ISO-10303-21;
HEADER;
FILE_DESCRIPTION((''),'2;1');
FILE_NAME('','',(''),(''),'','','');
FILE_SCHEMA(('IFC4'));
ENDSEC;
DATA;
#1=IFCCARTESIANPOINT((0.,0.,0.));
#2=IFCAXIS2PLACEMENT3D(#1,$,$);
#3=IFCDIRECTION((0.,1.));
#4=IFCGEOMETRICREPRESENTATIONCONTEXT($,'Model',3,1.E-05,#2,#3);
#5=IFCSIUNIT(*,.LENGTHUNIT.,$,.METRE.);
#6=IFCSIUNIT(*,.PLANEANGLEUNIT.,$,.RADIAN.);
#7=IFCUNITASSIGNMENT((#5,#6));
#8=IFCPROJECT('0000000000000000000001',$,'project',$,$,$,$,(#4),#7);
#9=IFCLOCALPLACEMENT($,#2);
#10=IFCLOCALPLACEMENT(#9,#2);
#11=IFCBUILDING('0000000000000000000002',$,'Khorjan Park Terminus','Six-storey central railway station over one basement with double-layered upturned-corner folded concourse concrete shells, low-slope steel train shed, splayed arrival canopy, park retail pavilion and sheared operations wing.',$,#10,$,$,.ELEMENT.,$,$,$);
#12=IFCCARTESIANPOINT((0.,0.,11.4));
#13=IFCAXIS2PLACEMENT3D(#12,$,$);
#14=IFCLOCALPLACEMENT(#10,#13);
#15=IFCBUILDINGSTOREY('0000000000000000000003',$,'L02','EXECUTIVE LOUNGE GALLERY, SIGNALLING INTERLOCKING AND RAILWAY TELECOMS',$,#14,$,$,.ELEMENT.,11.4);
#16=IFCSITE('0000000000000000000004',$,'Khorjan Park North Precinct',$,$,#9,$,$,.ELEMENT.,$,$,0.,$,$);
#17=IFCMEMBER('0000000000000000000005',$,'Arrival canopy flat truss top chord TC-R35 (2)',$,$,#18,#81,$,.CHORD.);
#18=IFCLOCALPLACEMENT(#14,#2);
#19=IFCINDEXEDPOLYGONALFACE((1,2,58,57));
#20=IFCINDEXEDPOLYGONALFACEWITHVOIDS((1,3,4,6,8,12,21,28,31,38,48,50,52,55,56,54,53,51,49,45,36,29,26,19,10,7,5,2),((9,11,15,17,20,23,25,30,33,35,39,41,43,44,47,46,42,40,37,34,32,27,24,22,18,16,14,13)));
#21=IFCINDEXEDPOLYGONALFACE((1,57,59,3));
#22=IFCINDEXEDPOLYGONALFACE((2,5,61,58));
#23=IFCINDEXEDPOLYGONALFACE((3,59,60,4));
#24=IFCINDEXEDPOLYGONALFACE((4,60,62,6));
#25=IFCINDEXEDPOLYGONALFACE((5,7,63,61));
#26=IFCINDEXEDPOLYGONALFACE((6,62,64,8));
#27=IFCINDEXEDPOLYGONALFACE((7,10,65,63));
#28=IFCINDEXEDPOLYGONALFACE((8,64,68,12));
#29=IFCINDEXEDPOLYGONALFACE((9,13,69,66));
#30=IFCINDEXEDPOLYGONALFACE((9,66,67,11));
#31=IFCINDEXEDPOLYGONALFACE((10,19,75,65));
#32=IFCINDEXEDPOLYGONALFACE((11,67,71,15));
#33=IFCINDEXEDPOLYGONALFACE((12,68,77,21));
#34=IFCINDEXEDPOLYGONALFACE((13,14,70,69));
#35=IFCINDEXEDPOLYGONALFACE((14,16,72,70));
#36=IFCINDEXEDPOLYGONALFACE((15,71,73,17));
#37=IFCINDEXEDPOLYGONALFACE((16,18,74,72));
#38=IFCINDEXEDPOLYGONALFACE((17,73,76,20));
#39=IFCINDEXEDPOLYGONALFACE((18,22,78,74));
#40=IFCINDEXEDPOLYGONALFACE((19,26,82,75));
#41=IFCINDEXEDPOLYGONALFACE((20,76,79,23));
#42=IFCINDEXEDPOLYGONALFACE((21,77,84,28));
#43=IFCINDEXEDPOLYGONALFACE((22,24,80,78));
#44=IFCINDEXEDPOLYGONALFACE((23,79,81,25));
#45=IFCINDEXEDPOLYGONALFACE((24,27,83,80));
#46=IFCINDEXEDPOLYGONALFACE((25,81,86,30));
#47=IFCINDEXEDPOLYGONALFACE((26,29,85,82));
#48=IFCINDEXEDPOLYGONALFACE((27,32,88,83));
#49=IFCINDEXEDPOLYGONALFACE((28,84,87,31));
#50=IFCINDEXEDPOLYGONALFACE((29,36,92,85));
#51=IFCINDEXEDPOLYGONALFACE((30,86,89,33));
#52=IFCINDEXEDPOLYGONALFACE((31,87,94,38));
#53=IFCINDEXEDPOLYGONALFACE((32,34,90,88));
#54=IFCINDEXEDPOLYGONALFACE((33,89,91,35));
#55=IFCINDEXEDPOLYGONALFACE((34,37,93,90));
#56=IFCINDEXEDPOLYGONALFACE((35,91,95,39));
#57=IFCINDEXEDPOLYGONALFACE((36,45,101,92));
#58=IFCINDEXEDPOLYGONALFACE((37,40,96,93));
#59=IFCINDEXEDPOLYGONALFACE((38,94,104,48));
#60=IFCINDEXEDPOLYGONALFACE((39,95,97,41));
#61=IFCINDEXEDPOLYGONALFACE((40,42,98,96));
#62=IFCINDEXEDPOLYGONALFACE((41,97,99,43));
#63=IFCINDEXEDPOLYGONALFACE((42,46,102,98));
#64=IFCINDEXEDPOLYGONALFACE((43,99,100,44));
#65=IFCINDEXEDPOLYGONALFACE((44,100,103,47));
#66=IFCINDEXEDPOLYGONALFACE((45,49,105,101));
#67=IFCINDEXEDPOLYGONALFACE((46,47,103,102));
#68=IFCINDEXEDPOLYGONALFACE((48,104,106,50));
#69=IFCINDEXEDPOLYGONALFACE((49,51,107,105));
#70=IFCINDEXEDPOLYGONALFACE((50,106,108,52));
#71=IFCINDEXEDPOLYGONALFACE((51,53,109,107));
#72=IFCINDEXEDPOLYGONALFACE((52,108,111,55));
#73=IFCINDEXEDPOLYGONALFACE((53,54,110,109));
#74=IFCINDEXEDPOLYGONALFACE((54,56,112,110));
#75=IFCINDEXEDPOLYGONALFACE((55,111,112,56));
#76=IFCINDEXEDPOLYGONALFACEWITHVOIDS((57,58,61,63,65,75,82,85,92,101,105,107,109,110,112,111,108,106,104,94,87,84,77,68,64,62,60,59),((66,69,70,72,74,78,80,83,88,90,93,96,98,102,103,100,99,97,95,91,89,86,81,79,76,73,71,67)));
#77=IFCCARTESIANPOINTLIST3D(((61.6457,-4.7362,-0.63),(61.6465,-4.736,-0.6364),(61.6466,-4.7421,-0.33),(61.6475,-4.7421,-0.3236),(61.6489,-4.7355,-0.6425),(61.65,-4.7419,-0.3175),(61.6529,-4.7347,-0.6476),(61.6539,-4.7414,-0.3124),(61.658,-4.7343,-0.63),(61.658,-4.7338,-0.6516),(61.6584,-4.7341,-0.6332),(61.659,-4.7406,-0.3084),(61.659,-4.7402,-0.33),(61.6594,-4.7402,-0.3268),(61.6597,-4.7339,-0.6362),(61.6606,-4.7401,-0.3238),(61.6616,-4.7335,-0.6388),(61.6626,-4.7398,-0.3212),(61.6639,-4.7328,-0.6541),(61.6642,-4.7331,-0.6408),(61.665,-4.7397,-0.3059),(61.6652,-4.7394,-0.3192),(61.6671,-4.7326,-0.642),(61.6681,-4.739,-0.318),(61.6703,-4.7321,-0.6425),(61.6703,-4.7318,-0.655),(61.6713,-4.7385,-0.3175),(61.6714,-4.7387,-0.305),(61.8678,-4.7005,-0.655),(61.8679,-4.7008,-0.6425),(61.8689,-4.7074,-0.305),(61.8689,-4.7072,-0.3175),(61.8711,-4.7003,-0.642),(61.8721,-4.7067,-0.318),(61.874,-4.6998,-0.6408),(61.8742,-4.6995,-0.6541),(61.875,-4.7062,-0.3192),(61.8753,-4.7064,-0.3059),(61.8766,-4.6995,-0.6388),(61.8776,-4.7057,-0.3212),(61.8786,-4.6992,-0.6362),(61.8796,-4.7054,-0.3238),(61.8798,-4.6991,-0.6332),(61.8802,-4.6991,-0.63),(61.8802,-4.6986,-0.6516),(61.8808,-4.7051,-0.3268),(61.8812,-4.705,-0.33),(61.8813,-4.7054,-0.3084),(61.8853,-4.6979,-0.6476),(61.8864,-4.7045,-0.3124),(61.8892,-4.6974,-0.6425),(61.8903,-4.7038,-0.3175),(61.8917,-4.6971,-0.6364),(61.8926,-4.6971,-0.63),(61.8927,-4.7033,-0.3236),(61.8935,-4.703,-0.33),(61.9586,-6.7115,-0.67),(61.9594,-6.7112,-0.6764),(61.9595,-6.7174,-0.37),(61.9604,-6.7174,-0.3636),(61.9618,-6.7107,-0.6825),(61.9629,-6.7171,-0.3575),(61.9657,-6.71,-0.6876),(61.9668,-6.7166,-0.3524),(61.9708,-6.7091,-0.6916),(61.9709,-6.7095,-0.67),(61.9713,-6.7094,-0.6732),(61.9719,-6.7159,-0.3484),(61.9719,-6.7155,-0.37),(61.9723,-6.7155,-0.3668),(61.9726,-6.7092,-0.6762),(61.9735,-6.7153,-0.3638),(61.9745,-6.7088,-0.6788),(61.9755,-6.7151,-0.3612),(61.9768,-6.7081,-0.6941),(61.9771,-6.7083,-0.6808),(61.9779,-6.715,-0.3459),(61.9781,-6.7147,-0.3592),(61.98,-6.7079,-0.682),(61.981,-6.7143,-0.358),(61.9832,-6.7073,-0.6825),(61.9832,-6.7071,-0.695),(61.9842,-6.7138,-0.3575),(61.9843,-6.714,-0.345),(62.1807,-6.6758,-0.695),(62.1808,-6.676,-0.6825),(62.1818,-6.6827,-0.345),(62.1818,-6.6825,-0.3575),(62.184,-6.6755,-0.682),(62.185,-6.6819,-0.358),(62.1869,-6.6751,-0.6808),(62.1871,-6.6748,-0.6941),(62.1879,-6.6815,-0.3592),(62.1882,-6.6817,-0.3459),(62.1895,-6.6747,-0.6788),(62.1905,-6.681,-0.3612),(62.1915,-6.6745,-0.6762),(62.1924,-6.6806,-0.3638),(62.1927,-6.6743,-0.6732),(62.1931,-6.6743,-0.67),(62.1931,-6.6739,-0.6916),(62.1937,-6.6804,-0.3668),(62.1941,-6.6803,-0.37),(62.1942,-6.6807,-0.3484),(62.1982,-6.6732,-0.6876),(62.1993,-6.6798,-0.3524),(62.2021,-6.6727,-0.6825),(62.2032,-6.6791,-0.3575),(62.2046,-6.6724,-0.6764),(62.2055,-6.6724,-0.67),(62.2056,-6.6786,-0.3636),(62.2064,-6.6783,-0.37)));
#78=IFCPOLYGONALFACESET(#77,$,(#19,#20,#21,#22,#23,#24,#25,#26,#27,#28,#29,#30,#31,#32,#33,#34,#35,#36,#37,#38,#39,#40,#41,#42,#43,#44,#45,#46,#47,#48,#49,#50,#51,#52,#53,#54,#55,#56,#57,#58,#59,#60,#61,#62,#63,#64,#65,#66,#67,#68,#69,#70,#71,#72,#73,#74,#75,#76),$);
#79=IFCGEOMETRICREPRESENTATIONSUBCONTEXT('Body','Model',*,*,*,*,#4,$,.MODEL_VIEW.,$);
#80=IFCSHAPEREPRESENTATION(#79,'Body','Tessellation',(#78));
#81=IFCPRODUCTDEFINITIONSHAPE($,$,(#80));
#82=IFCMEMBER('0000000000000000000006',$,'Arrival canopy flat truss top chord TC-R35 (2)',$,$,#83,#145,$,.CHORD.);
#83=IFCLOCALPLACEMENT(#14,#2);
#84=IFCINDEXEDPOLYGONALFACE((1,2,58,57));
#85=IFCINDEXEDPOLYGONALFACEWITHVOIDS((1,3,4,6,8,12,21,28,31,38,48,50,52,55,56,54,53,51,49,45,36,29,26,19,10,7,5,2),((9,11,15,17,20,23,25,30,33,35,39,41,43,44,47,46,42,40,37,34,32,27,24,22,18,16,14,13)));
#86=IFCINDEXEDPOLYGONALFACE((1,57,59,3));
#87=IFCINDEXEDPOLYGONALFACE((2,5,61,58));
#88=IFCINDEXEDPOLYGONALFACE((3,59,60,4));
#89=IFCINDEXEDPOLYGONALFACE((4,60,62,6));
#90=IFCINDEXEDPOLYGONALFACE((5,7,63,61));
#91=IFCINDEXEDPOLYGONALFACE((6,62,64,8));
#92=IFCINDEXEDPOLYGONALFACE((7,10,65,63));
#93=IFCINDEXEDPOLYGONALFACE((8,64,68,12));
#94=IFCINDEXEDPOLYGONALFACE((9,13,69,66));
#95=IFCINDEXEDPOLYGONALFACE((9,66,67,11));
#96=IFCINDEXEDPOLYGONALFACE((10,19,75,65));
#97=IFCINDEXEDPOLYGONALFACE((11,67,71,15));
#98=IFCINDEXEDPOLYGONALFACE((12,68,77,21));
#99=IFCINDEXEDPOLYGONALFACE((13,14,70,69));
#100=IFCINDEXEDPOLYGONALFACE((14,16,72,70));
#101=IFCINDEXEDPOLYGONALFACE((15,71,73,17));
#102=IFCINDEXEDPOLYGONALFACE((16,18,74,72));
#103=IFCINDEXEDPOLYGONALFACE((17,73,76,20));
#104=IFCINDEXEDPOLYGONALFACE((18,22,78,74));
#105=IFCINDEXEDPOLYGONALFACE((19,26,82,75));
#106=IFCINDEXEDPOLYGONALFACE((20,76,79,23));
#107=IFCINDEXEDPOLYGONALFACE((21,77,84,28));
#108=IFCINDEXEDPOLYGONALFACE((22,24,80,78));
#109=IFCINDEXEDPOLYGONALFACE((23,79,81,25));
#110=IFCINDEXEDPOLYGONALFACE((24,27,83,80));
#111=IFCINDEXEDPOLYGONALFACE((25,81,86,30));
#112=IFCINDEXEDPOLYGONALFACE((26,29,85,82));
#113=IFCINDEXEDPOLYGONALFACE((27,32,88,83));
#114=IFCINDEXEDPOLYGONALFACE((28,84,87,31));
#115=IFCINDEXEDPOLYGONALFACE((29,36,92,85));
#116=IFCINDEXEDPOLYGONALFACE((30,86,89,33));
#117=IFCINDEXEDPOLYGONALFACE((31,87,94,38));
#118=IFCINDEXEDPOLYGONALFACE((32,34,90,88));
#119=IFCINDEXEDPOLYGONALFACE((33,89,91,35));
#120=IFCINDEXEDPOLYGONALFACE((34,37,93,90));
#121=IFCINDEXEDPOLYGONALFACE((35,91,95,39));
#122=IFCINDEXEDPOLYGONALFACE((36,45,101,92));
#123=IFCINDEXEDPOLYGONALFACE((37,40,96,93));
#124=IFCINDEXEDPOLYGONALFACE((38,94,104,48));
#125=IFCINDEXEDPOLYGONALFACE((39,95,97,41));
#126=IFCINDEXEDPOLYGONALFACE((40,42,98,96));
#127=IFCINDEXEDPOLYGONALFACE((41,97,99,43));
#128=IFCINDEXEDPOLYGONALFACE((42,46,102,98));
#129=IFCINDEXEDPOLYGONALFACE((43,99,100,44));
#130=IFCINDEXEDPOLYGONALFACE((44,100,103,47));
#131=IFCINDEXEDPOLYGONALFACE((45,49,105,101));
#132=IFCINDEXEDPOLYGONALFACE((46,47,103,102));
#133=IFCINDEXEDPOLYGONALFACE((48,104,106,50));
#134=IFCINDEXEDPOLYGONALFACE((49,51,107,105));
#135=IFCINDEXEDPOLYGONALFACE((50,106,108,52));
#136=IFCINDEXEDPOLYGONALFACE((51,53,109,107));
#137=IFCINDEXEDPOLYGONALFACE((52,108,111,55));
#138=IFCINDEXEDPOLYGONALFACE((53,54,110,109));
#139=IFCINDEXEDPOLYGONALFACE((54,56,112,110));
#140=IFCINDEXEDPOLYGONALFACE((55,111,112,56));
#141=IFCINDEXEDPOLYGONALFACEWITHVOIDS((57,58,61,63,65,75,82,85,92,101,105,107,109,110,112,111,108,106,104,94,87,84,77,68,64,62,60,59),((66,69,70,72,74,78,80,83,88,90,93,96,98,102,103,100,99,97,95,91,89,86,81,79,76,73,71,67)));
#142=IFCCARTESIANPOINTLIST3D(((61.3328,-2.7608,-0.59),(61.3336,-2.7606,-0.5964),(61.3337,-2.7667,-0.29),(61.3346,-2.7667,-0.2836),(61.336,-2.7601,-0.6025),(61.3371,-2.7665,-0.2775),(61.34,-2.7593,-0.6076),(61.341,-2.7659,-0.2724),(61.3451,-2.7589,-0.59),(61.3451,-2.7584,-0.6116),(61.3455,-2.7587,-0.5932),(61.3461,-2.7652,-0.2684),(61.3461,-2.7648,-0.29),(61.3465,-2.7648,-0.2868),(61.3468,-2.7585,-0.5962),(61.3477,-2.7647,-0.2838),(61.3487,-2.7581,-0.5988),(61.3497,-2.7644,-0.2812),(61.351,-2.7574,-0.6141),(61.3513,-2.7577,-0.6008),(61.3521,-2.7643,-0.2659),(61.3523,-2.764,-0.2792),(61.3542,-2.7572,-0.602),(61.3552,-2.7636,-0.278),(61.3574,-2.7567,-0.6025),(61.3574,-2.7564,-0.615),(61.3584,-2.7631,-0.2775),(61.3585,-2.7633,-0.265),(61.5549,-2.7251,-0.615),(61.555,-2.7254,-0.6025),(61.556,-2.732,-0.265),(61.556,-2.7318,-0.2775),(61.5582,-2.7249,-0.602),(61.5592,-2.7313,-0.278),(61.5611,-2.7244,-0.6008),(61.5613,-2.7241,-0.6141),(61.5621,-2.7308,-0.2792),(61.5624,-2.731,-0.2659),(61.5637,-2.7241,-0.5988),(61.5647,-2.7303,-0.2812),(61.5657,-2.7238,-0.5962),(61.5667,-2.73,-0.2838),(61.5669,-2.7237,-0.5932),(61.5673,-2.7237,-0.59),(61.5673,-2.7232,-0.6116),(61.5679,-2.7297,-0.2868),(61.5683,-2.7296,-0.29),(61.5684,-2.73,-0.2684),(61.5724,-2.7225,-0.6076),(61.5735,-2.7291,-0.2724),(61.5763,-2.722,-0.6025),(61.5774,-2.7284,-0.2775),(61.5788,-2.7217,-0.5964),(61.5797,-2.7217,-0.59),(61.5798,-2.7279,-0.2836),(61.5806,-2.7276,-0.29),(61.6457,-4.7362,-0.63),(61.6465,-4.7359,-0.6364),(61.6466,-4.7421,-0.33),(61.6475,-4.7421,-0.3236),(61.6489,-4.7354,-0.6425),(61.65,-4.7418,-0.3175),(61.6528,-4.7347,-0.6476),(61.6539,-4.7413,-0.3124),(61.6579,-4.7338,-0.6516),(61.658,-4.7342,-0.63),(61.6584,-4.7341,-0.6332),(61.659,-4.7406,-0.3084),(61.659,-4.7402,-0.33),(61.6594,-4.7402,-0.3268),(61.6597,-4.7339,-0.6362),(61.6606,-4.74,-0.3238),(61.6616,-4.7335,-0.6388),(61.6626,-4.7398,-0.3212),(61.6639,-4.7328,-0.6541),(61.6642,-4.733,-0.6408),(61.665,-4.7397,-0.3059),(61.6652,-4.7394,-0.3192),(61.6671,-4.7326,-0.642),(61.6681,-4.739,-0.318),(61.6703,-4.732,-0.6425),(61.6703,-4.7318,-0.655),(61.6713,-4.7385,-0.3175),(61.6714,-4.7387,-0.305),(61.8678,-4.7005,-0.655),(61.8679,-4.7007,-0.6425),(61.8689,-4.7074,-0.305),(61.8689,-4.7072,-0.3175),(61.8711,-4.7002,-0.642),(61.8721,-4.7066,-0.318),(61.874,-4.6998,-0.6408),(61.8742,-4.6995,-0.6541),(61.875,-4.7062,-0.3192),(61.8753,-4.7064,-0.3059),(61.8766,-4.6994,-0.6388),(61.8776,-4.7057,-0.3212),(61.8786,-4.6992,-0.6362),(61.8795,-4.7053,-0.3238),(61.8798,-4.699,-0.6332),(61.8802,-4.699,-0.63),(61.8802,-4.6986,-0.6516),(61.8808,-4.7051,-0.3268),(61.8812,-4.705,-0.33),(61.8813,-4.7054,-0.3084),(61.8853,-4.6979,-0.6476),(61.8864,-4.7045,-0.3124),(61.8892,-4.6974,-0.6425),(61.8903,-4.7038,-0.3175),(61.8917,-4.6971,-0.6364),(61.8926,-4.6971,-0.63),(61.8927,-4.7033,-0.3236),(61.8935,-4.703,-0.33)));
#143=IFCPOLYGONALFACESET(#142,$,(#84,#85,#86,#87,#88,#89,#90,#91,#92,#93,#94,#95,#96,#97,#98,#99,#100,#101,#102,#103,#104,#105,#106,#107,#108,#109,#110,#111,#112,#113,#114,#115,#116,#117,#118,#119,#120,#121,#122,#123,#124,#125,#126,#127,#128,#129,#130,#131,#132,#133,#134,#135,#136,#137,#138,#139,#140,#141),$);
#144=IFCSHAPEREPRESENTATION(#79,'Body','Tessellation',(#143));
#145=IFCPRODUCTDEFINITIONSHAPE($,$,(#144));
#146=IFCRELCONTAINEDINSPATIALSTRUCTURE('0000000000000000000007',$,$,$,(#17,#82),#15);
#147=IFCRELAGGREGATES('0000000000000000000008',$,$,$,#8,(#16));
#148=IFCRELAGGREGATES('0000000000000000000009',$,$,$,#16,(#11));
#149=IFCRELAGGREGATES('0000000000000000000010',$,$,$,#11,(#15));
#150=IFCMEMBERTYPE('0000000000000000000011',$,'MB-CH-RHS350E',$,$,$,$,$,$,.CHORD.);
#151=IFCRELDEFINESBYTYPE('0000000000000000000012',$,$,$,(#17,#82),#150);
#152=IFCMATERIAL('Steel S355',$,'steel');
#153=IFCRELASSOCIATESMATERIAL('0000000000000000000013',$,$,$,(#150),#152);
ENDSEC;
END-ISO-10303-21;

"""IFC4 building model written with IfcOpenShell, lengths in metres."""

from ifc_helpers import new_model, si_unit, direction, frame, origin, origin_2d, place, context, subcontext, project, spatial, hollow_rectangle, extrude, material, material_profile, profile_set, type_object, element, save


model = new_model("IFC4")

# Units and contexts
model_context = context("Model", 3, precision=1e-05, world=origin(), true_north=direction((0.0, 1.0)))
body_context = subcontext(model_context, "Body", "Model", "MODEL_VIEW")
ifc_project = project(units=[si_unit("LENGTHUNIT", "METRE"), si_unit("PLANEANGLEUNIT", "RADIAN")], contexts=[model_context])

# Site, building, storey
site_placement = place(None, origin())
site = spatial("IfcSite", under=ifc_project, at=site_placement, Name="Khorjan Park North Precinct", CompositionType="ELEMENT", RefElevation=0.0)
building_placement = place(site_placement, origin())
building = spatial("IfcBuilding", under=site, at=building_placement, Name="Khorjan Park Terminus", Description="Six-storey central railway station over one basement with double-layered upturned-corner folded concourse concrete shells, low-slope steel train shed, splayed arrival canopy, park retail pavilion and sheared operations wing.", CompositionType="ELEMENT")
storey_placement = place(building_placement, frame((0.0, 0.0, 11.4)))
storey = spatial("IfcBuildingStorey", under=building, at=storey_placement, Name="L02", Description="EXECUTIVE LOUNGE GALLERY, SIGNALLING INTERLOCKING AND RAILWAY TELECOMS", CompositionType="ELEMENT", Elevation=11.4)

# Members
ifc_material = material(Name="Steel S355", Category="steel")
ifc_material_profile_1 = material_profile(ifc_material, hollow_rectangle(XDim=0.25, YDim=0.35, WallThickness=0.0125, InnerFilletRadius=0.0125, OuterFilletRadius=0.025, at=origin_2d()), Name="RHS 350x250x12.5")
ifc_profile_set_1 = profile_set([ifc_material_profile_1], Name="Steel S355")
member_type_1 = type_object("IfcMemberType", Name="MB-CH-RHS350E", PredefinedType="CHORD", material=ifc_profile_set_1)
member_1_placement = place(storey_placement, frame((62.0825, -6.6949, -0.52), z_axis=(-0.156424, 0.987488, 0.019997), x_axis=(-0.987685, -0.156456, 0.0)))
element("IfcMember", 1, at=member_1_placement, inside=storey, type_object=member_type_1, Name="Arrival canopy flat truss top chord TC-R35 (2)", PredefinedType="CHORD", context=body_context, shape_type="SweptSolid", body=[
    extrude(hollow_rectangle(XDim=0.25, YDim=0.35, WallThickness=0.0125, InnerFilletRadius=0.0125, OuterFilletRadius=0.025, at=origin_2d()), origin(), (0.0, 0.0, 1.0), 2.0003),
])
for number, where, z_axis, x_axis, name in (
    (2, (61.7696, -4.7196, -0.48), (-0.156417, 0.987489, 0.019996), (-0.987686, -0.156448, 0.0), "Arrival canopy flat truss top chord TC-R35 (2)"),
):
    element("IfcMember", number, at=place(storey_placement, frame(where, z_axis=z_axis, x_axis=x_axis)), inside=storey, type_object=member_type_1, Name=name, PredefinedType="CHORD", context=body_context, shape_type="SweptSolid", body=[
        extrude(hollow_rectangle(XDim=0.25, YDim=0.35, WallThickness=0.0125, InnerFilletRadius=0.0125, OuterFilletRadius=0.025, at=origin_2d()), origin(), (0.0, 0.0, 1.0), 2.0004),
    ])

save(model, "model.ifc")
